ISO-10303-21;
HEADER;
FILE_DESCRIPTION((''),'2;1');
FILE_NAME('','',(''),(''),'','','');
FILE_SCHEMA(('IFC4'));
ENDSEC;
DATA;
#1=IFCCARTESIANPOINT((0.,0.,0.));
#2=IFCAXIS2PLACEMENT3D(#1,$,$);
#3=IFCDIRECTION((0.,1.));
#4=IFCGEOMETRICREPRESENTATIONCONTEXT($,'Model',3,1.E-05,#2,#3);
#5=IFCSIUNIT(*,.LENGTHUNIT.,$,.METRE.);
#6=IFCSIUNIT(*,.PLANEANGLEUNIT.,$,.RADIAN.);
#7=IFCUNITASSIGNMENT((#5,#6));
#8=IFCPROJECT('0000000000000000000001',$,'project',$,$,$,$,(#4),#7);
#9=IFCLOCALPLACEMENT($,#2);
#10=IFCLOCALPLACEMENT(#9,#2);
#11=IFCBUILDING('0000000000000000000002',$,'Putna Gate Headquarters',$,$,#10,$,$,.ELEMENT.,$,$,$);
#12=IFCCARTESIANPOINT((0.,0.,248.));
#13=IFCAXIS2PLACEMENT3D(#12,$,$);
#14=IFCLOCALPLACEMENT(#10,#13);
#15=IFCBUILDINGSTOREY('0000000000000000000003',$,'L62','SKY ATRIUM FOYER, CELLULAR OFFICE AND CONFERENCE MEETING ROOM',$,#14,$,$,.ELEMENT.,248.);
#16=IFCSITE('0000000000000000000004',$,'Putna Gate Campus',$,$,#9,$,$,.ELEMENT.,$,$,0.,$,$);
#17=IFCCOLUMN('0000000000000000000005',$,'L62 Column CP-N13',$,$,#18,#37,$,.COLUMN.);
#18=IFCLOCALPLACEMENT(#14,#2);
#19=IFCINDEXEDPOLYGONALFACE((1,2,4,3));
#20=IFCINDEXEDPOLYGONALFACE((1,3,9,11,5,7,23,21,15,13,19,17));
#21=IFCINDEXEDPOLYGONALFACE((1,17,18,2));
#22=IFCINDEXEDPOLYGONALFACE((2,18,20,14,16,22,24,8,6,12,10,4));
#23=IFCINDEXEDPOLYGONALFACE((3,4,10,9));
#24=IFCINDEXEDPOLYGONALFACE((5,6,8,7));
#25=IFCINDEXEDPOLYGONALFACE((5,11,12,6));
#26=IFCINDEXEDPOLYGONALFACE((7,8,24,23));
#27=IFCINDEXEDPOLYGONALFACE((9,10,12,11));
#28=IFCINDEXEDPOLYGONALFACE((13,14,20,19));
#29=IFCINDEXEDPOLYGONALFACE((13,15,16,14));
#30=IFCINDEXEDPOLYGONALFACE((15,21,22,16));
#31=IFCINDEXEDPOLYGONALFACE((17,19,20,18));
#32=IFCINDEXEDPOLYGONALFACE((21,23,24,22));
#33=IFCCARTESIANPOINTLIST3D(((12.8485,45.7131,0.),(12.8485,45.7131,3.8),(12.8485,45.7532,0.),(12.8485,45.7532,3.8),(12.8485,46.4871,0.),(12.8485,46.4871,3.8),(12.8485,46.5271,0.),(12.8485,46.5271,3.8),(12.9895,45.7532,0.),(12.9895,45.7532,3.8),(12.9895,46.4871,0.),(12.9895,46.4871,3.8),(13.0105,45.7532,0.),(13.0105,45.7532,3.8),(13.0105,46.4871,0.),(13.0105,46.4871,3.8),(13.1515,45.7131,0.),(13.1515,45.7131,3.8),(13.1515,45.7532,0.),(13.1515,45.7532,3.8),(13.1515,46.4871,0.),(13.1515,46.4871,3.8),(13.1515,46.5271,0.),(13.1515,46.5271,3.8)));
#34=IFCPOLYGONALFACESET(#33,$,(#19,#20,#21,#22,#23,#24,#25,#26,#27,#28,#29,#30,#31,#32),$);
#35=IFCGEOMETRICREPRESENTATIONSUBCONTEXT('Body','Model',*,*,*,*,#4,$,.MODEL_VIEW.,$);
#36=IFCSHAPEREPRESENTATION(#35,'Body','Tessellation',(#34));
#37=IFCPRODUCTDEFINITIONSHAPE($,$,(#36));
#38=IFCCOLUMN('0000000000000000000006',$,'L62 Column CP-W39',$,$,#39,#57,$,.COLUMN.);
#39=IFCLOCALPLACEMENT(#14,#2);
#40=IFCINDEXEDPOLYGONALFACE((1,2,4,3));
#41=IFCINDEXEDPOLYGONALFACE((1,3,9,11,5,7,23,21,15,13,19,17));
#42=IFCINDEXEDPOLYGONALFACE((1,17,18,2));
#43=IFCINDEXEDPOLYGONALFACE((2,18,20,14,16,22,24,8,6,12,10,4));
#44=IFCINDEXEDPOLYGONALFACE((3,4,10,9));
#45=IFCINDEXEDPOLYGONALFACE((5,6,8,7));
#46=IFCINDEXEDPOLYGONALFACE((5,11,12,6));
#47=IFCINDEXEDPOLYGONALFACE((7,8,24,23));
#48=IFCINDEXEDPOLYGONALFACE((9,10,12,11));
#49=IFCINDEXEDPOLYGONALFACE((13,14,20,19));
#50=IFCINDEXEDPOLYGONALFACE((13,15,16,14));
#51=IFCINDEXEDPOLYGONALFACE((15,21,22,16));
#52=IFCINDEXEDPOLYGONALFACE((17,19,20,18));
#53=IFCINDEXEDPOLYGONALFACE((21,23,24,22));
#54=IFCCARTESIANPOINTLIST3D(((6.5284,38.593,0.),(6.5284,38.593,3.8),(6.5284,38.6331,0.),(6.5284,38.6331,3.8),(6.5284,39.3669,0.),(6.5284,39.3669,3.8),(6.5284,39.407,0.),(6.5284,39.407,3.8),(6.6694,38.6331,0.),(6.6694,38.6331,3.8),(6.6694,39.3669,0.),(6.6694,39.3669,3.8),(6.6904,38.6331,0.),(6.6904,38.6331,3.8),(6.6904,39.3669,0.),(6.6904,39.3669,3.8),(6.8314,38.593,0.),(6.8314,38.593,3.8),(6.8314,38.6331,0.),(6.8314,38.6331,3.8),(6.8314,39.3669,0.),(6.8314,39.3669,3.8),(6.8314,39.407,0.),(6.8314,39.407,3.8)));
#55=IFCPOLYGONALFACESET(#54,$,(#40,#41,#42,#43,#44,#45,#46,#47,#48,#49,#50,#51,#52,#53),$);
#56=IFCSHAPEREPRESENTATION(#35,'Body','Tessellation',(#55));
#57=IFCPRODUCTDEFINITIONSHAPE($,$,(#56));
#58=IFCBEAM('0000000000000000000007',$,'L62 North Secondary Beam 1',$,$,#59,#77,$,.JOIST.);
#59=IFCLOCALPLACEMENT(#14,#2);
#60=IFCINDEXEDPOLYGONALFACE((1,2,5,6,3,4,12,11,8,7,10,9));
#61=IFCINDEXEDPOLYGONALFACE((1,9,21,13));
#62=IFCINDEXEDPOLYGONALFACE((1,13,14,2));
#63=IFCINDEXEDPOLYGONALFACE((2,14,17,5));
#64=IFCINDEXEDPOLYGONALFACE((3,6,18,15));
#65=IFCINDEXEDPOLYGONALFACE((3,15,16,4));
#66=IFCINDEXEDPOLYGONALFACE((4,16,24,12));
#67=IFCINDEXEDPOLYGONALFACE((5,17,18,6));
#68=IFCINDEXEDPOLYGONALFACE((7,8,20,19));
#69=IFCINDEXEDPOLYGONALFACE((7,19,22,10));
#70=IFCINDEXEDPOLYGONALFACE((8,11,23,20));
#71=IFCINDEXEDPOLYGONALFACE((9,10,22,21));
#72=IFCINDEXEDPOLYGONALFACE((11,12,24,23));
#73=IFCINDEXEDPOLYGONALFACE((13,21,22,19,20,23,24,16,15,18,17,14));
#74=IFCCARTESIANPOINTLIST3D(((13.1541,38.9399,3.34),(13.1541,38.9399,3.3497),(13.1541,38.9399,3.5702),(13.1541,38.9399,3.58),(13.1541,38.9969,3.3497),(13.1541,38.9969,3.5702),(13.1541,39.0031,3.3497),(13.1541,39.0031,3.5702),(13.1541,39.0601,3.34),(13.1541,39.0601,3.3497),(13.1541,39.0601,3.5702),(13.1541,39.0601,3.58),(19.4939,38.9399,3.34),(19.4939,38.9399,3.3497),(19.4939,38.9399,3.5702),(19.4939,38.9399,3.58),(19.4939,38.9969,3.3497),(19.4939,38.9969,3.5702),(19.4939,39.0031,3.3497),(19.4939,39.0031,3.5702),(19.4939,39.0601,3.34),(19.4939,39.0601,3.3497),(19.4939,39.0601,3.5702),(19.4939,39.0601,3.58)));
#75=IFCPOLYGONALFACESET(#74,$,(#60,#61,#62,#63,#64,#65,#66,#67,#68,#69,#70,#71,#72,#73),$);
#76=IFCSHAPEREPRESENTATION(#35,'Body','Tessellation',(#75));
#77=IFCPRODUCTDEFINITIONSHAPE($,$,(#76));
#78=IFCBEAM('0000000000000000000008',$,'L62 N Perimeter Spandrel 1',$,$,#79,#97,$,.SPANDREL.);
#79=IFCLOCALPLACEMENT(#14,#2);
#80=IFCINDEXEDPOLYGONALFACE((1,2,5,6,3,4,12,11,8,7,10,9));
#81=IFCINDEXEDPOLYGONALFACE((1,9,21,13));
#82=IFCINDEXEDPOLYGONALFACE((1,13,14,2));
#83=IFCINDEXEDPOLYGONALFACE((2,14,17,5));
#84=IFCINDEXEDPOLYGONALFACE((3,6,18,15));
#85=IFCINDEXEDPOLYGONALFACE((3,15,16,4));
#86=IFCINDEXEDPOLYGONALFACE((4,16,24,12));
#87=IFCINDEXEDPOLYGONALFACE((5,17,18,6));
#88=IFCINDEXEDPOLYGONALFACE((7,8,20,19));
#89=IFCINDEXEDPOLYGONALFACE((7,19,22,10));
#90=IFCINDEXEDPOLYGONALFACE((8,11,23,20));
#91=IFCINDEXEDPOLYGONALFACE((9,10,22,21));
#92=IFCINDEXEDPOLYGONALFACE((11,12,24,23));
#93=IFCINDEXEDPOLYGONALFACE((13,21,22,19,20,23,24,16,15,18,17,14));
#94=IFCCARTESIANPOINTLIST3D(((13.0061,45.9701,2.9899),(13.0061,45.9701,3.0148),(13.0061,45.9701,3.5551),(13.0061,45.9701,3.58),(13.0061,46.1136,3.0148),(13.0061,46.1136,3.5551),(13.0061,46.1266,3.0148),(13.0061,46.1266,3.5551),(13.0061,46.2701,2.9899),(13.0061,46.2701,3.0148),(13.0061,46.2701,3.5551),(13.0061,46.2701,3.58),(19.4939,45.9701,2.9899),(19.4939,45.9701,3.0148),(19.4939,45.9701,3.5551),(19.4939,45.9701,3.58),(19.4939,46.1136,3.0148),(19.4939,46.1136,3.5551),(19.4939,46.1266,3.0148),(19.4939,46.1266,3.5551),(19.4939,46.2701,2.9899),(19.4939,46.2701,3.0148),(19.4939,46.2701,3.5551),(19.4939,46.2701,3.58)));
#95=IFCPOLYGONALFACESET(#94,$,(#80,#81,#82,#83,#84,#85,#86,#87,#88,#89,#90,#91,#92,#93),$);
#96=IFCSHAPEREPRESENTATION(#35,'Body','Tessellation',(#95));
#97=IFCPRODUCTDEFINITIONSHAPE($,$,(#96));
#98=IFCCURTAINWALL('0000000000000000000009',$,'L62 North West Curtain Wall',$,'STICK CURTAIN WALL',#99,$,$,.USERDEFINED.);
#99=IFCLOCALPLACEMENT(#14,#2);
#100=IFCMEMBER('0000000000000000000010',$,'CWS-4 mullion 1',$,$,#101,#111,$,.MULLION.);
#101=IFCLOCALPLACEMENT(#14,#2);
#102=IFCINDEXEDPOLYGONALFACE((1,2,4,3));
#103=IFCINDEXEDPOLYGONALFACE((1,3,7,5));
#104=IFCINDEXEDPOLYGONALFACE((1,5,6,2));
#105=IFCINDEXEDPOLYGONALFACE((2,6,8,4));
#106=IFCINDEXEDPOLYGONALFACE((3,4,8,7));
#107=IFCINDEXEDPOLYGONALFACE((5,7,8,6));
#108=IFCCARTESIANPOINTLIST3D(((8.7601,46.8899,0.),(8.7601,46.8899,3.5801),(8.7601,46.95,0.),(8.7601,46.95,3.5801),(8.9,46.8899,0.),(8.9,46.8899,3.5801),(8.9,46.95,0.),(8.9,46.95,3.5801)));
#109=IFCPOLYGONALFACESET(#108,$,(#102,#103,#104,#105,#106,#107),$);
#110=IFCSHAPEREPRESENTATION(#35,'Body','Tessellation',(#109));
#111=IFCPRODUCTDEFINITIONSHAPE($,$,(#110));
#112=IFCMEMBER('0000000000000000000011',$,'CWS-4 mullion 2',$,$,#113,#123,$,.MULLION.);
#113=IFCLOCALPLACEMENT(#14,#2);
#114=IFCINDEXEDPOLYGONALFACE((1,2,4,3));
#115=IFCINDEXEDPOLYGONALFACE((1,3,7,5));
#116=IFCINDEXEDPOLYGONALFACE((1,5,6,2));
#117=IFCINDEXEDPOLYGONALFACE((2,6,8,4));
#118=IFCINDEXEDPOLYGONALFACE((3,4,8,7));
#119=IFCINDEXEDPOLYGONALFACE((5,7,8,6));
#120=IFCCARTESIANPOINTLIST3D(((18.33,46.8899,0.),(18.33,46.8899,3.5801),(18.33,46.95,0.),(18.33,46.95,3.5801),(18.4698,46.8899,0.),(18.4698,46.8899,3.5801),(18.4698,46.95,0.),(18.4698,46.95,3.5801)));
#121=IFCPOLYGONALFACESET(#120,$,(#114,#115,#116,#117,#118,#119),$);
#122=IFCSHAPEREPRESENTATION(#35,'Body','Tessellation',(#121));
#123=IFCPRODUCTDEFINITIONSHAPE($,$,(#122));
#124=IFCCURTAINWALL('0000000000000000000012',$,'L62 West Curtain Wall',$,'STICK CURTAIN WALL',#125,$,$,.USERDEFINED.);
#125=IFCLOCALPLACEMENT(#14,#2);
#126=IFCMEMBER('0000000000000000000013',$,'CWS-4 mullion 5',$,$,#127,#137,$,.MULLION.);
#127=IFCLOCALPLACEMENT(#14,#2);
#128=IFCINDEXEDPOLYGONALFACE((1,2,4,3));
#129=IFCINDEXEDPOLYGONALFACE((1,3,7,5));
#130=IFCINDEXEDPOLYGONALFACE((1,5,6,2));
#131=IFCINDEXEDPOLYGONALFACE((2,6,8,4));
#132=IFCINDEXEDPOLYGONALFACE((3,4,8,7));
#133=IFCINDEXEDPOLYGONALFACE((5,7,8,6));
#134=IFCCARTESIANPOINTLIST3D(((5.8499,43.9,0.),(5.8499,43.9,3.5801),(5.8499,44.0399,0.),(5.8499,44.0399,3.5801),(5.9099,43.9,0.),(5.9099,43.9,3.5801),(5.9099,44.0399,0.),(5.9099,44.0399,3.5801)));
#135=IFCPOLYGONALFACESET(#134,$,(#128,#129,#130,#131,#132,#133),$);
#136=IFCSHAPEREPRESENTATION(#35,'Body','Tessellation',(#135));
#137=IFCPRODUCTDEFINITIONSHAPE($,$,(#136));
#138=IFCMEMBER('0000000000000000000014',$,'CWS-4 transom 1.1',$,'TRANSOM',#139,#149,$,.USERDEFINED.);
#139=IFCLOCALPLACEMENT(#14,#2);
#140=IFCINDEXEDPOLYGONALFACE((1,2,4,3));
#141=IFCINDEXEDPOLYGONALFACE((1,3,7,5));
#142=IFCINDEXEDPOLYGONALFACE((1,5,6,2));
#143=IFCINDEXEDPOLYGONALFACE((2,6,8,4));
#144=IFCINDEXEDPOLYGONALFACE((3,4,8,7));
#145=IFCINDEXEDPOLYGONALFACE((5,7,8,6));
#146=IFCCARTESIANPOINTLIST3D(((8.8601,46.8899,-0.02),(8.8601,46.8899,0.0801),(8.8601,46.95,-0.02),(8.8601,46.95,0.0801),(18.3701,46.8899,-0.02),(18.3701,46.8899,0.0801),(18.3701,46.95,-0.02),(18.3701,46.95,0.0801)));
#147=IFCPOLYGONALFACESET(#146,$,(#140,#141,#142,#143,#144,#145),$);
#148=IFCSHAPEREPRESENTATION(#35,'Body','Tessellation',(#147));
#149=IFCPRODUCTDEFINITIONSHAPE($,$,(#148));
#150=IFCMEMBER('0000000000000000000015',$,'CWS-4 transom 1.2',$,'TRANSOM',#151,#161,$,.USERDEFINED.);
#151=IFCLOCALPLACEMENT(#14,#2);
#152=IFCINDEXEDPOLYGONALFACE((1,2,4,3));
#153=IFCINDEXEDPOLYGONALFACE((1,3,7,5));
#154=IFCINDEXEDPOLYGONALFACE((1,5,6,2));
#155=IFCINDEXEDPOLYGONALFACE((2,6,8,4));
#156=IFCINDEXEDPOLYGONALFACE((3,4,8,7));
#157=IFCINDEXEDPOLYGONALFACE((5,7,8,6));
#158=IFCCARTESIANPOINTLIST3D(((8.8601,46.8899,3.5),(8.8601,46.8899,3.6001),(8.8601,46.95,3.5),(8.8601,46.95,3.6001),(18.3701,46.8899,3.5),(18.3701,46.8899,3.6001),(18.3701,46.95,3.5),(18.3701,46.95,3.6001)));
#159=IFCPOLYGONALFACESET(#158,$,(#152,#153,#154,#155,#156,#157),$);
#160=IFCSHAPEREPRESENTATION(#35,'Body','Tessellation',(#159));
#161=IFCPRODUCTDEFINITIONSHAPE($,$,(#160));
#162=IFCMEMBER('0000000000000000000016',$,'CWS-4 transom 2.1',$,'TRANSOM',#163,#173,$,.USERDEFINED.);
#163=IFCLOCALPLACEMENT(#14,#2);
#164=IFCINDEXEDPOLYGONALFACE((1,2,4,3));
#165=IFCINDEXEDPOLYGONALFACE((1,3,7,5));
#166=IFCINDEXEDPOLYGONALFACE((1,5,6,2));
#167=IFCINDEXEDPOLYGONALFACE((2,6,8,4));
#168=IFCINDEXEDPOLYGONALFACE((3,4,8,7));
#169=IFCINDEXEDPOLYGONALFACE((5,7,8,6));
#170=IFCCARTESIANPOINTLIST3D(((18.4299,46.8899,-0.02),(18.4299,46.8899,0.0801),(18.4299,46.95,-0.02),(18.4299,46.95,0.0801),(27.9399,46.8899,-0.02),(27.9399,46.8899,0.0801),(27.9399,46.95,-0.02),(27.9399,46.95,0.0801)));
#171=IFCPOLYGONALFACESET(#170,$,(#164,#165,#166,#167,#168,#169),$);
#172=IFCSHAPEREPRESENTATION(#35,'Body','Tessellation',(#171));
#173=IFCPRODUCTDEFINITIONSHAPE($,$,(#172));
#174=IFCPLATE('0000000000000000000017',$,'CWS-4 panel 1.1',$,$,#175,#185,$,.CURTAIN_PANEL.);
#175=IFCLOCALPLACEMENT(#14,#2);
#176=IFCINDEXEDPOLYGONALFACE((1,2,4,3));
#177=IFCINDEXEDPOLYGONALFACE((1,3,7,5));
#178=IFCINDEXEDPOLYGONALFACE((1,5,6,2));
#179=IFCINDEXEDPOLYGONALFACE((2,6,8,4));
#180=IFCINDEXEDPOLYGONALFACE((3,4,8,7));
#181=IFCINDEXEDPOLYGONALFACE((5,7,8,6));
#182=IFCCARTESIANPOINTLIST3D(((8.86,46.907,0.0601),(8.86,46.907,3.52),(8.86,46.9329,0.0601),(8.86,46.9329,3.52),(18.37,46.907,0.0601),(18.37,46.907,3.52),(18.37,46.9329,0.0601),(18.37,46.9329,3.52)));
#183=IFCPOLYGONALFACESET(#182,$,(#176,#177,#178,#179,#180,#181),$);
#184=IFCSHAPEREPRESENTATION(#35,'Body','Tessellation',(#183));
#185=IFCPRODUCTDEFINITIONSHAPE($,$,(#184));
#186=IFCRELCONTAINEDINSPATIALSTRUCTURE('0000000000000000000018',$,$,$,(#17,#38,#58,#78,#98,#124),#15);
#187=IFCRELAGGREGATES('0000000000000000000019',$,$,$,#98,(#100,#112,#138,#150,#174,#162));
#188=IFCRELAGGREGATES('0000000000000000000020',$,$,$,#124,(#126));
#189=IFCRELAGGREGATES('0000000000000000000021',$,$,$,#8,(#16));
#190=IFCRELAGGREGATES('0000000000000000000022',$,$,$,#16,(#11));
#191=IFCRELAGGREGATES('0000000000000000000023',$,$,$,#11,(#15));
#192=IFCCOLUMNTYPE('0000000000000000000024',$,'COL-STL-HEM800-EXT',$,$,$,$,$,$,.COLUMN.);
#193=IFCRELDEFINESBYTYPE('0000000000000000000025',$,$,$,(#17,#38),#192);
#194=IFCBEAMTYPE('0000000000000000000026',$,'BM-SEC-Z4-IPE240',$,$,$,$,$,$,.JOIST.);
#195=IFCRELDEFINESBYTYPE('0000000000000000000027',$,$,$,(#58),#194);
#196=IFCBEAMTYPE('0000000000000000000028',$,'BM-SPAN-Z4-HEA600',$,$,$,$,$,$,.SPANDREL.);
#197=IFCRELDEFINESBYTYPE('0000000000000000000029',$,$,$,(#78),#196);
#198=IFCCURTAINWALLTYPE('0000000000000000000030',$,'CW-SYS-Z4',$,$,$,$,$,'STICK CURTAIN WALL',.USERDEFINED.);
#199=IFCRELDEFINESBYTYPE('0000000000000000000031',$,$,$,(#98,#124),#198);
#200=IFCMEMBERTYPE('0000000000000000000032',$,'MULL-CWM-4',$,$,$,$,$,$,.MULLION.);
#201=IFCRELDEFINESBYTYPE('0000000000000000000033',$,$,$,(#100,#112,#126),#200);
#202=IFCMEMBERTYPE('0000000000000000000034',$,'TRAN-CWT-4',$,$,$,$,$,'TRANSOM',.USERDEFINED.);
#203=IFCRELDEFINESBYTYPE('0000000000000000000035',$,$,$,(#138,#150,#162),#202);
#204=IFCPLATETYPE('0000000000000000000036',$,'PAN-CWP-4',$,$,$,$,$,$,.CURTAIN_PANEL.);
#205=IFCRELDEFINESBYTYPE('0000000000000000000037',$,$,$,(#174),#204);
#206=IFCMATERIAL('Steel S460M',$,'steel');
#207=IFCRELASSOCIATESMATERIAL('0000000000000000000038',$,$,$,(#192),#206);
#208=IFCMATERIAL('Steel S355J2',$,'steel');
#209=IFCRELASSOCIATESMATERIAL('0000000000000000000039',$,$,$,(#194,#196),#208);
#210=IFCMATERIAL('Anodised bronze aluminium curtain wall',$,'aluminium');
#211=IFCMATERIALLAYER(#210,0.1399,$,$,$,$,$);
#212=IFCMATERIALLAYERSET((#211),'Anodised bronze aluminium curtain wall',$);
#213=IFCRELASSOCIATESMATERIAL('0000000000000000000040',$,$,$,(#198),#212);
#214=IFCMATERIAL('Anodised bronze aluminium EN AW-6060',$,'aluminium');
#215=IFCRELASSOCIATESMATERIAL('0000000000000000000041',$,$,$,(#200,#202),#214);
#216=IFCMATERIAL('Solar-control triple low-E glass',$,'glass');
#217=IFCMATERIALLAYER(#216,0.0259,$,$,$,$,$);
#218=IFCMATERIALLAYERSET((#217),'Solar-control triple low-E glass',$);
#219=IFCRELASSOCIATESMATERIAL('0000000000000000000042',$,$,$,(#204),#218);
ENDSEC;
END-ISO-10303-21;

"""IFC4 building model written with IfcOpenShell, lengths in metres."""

from ifc_helpers import new_model, si_unit, direction, frame, origin, origin_2d, place, context, subcontext, project, spatial, rectangle, i_section, extrude, material, layer, layer_set, material_profile, profile_set, type_object, element, aggregate, save


model = new_model("IFC4")

# Units and contexts
model_context = context("Model", 3, precision=1e-05, world=origin(), true_north=direction((0.0, 1.0)))
body_context = subcontext(model_context, "Body", "Model", "MODEL_VIEW")
ifc_project = project(units=[si_unit("LENGTHUNIT", "METRE"), si_unit("PLANEANGLEUNIT", "RADIAN")], contexts=[model_context])

# Site, building, storey
site_placement = place(None, origin())
site = spatial("IfcSite", under=ifc_project, at=site_placement, Name="Putna Gate Campus", CompositionType="ELEMENT", RefElevation=0.0)
building_placement = place(site_placement, origin())
building = spatial("IfcBuilding", under=site, at=building_placement, Name="Putna Gate Headquarters", CompositionType="ELEMENT")
storey_placement = place(building_placement, frame((0.0, 0.0, 248.0)))
storey = spatial("IfcBuildingStorey", under=building, at=storey_placement, Name="L62", Description="SKY ATRIUM FOYER, CELLULAR OFFICE AND CONFERENCE MEETING ROOM", CompositionType="ELEMENT", Elevation=248.0)

# Columns
ifc_material_1 = material(Name="Steel S460M", Category="steel")
ifc_material_profile_1 = material_profile(ifc_material_1, i_section(OverallWidth=0.303, OverallDepth=0.814, WebThickness=0.021, FlangeThickness=0.04, at=origin_2d()), Name="Steel S460M")
ifc_profile_set_1 = profile_set([ifc_material_profile_1], Name="Steel S460M")
column_type = type_object("IfcColumnType", Name="COL-STL-HEM800-EXT", PredefinedType="COLUMN", material=ifc_profile_set_1)
for number, where, z_axis, x_axis, name in (
    (1, (13.0, 46.1201, 0.0), (0.0, 0.0, 1.0), (1.0, 0.0, 0.0), "L62 Column CP-N13"),
    (2, (6.6799, 39.0, 0.0), (0.0, 0.0, 1.0), (1.0, 0.0, 0.0), "L62 Column CP-W39"),
):
    element("IfcColumn", number, at=place(storey_placement, frame(where, z_axis=z_axis, x_axis=x_axis)), inside=storey, type_object=column_type, Name=name, PredefinedType="COLUMN", context=body_context, shape_type="SweptSolid", body=[
        extrude(i_section(OverallWidth=0.303, OverallDepth=0.814, WebThickness=0.021, FlangeThickness=0.04, at=origin_2d()), origin(), (0.0, 0.0, 1.0), 3.8),
    ])

# Beams
ifc_material_2 = material(Name="Steel S355J2", Category="steel")
ifc_material_profile_2 = material_profile(ifc_material_2, i_section(OverallWidth=0.1201, OverallDepth=0.24, WebThickness=0.0061, FlangeThickness=0.0098, at=origin_2d()), Name="Steel S355J2")
ifc_profile_set_2 = profile_set([ifc_material_profile_2], Name="Steel S355J2")
beam_type_1 = type_object("IfcBeamType", Name="BM-SEC-Z4-IPE240", PredefinedType="JOIST", material=ifc_profile_set_2)
beam_1_placement = place(storey_placement, frame((13.1541, 39.0, 3.46), z_axis=(1.0, 0.0, 0.0), x_axis=(0.0, 1.0, 0.0)))
element("IfcBeam", 3, at=beam_1_placement, inside=storey, type_object=beam_type_1, Name="L62 North Secondary Beam 1", PredefinedType="JOIST", context=body_context, shape_type="SweptSolid", body=[
    extrude(i_section(OverallWidth=0.1201, OverallDepth=0.24, WebThickness=0.0061, FlangeThickness=0.0098, at=origin_2d()), origin(), (0.0, 0.0, 1.0), 6.3398),
])
ifc_material_profile_3 = material_profile(ifc_material_2, i_section(OverallWidth=0.3, OverallDepth=0.5901, WebThickness=0.0129, FlangeThickness=0.0249, at=origin_2d()), Name="Steel S355J2")
ifc_profile_set_3 = profile_set([ifc_material_profile_3], Name="Steel S355J2")
beam_type_2 = type_object("IfcBeamType", Name="BM-SPAN-Z4-HEA600", PredefinedType="SPANDREL", material=ifc_profile_set_3)
beam_2_placement = place(storey_placement, frame((13.0061, 46.1201, 3.2849), z_axis=(1.0, 0.0, 0.0), x_axis=(0.0, 1.0, 0.0)))
element("IfcBeam", 4, at=beam_2_placement, inside=storey, type_object=beam_type_2, Name="L62 N Perimeter Spandrel 1", PredefinedType="SPANDREL", context=body_context, shape_type="SweptSolid", body=[
    extrude(i_section(OverallWidth=0.3, OverallDepth=0.5901, WebThickness=0.0129, FlangeThickness=0.0249, at=origin_2d()), origin(), (0.0, 0.0, 1.0), 6.4878),
])

# Curtain wall, members
ifc_material_3 = material(Name="Anodised bronze aluminium curtain wall", Category="aluminium")
ifc_layer_1 = layer(ifc_material_3, 0.1399)
ifc_layer_set_1 = layer_set([ifc_layer_1], Name="Anodised bronze aluminium curtain wall")
curtain_wall_type = type_object("IfcCurtainWallType", Name="CW-SYS-Z4", ElementType="STICK CURTAIN WALL", PredefinedType="USERDEFINED", material=ifc_layer_set_1)
curtain_wall_1_placement = place(storey_placement, origin())
curtain_wall_1 = element("IfcCurtainWall", 5, at=curtain_wall_1_placement, inside=storey, type_object=curtain_wall_type, Name="L62 North West Curtain Wall", ObjectType="STICK CURTAIN WALL", PredefinedType="USERDEFINED")
ifc_material_4 = material(Name="Anodised bronze aluminium EN AW-6060", Category="aluminium")
ifc_material_profile_4 = material_profile(ifc_material_4, rectangle(XDim=0.0601, YDim=0.1399, at=origin_2d()), Name="Anodised bronze aluminium EN AW-6060")
ifc_profile_set_4 = profile_set([ifc_material_profile_4], Name="Anodised bronze aluminium EN AW-6060")
member_type_1 = type_object("IfcMemberType", Name="MULL-CWM-4", PredefinedType="MULLION", material=ifc_profile_set_4)
member_1_placement = place(storey_placement, frame((8.8301, 46.9199, 0.0), z_axis=(0.0, 0.0, 1.0), x_axis=(0.0, 1.0, 0.0)))
member_1 = element("IfcMember", 6, at=member_1_placement, type_object=member_type_1, Name="CWS-4 mullion 1", PredefinedType="MULLION", context=body_context, shape_type="SweptSolid", body=[
    extrude(rectangle(XDim=0.0601, YDim=0.1399, at=origin_2d()), origin(), (0.0, 0.0, 1.0), 3.5801),
])
member_2_placement = place(storey_placement, frame((18.3999, 46.9199, 0.0), z_axis=(0.0, 0.0, 1.0), x_axis=(0.0, 1.0, 0.0)))
member_2 = element("IfcMember", 7, at=member_2_placement, type_object=member_type_1, Name="CWS-4 mullion 2", PredefinedType="MULLION", context=body_context, shape_type="SweptSolid", body=[
    extrude(rectangle(XDim=0.0601, YDim=0.1399, at=origin_2d()), origin(), (0.0, 0.0, 1.0), 3.5801),
])

# Curtain wall, member
curtain_wall_2_placement = place(storey_placement, origin())
curtain_wall_2 = element("IfcCurtainWall", 8, at=curtain_wall_2_placement, inside=storey, type_object=curtain_wall_type, Name="L62 West Curtain Wall", ObjectType="STICK CURTAIN WALL", PredefinedType="USERDEFINED")
member_3_placement = place(storey_placement, frame((5.8799, 43.97, 0.0), z_axis=(0.0, 0.0, 1.0), x_axis=(-1.0, 0.0, 0.0)))
member_3 = element("IfcMember", 9, at=member_3_placement, type_object=member_type_1, Name="CWS-4 mullion 5", PredefinedType="MULLION", context=body_context, shape_type="SweptSolid", body=[
    extrude(rectangle(XDim=0.0601, YDim=0.1399, at=origin_2d()), origin(), (0.0, 0.0, 1.0), 3.5801),
])

# Members
ifc_material_profile_5 = material_profile(ifc_material_4, rectangle(XDim=0.0601, YDim=0.1001, at=origin_2d()), Name="Anodised bronze aluminium EN AW-6060")
ifc_profile_set_5 = profile_set([ifc_material_profile_5], Name="Anodised bronze aluminium EN AW-6060")
member_type_2 = type_object("IfcMemberType", Name="TRAN-CWT-4", ElementType="TRANSOM", PredefinedType="USERDEFINED", material=ifc_profile_set_5)
member_4_placement = place(storey_placement, frame((8.8601, 46.9199, 0.03), z_axis=(1.0, 0.0, 0.0), x_axis=(0.0, 1.0, 0.0)))
member_4 = element("IfcMember", 10, at=member_4_placement, type_object=member_type_2, Name="CWS-4 transom 1.1", ObjectType="TRANSOM", PredefinedType="USERDEFINED", context=body_context, shape_type="SweptSolid", body=[
    extrude(rectangle(XDim=0.0601, YDim=0.1001, at=origin_2d()), origin(), (0.0, 0.0, 1.0), 9.51),
])
member_5_placement = place(storey_placement, frame((8.8601, 46.9199, 3.55), z_axis=(1.0, 0.0, 0.0), x_axis=(0.0, 1.0, 0.0)))
member_5 = element("IfcMember", 11, at=member_5_placement, type_object=member_type_2, Name="CWS-4 transom 1.2", ObjectType="TRANSOM", PredefinedType="USERDEFINED", context=body_context, shape_type="SweptSolid", body=[
    extrude(rectangle(XDim=0.0601, YDim=0.1001, at=origin_2d()), origin(), (0.0, 0.0, 1.0), 9.51),
])
member_6_placement = place(storey_placement, frame((18.4299, 46.9199, 0.03), z_axis=(1.0, 0.0, 0.0), x_axis=(0.0, 1.0, 0.0)))
member_6 = element("IfcMember", 12, at=member_6_placement, type_object=member_type_2, Name="CWS-4 transom 2.1", ObjectType="TRANSOM", PredefinedType="USERDEFINED", context=body_context, shape_type="SweptSolid", body=[
    extrude(rectangle(XDim=0.0601, YDim=0.1001, at=origin_2d()), origin(), (0.0, 0.0, 1.0), 9.51),
])

# Plate
ifc_material_5 = material(Name="Solar-control triple low-E glass", Category="glass")
ifc_layer_2 = layer(ifc_material_5, 0.0259)
ifc_layer_set_2 = layer_set([ifc_layer_2], Name="Solar-control triple low-E glass")
plate_type = type_object("IfcPlateType", Name="PAN-CWP-4", PredefinedType="CURTAIN_PANEL", material=ifc_layer_set_2)
plate_1_placement = place(storey_placement, frame((13.615, 46.9199, 0.0601), z_axis=(0.0, 0.0, 1.0), x_axis=(1.0, 0.0, 0.0)))
plate_1 = element("IfcPlate", 13, at=plate_1_placement, type_object=plate_type, Name="CWS-4 panel 1.1", PredefinedType="CURTAIN_PANEL", context=body_context, shape_type="SweptSolid", body=[
    extrude(rectangle(XDim=9.51, YDim=0.0259, at=origin_2d()), origin(), (0.0, 0.0, 1.0), 3.46),
])
aggregate(curtain_wall_1, [member_1, member_2, member_4, member_5, plate_1, member_6])
aggregate(curtain_wall_2, [member_3])

save(model, "model.ifc")
